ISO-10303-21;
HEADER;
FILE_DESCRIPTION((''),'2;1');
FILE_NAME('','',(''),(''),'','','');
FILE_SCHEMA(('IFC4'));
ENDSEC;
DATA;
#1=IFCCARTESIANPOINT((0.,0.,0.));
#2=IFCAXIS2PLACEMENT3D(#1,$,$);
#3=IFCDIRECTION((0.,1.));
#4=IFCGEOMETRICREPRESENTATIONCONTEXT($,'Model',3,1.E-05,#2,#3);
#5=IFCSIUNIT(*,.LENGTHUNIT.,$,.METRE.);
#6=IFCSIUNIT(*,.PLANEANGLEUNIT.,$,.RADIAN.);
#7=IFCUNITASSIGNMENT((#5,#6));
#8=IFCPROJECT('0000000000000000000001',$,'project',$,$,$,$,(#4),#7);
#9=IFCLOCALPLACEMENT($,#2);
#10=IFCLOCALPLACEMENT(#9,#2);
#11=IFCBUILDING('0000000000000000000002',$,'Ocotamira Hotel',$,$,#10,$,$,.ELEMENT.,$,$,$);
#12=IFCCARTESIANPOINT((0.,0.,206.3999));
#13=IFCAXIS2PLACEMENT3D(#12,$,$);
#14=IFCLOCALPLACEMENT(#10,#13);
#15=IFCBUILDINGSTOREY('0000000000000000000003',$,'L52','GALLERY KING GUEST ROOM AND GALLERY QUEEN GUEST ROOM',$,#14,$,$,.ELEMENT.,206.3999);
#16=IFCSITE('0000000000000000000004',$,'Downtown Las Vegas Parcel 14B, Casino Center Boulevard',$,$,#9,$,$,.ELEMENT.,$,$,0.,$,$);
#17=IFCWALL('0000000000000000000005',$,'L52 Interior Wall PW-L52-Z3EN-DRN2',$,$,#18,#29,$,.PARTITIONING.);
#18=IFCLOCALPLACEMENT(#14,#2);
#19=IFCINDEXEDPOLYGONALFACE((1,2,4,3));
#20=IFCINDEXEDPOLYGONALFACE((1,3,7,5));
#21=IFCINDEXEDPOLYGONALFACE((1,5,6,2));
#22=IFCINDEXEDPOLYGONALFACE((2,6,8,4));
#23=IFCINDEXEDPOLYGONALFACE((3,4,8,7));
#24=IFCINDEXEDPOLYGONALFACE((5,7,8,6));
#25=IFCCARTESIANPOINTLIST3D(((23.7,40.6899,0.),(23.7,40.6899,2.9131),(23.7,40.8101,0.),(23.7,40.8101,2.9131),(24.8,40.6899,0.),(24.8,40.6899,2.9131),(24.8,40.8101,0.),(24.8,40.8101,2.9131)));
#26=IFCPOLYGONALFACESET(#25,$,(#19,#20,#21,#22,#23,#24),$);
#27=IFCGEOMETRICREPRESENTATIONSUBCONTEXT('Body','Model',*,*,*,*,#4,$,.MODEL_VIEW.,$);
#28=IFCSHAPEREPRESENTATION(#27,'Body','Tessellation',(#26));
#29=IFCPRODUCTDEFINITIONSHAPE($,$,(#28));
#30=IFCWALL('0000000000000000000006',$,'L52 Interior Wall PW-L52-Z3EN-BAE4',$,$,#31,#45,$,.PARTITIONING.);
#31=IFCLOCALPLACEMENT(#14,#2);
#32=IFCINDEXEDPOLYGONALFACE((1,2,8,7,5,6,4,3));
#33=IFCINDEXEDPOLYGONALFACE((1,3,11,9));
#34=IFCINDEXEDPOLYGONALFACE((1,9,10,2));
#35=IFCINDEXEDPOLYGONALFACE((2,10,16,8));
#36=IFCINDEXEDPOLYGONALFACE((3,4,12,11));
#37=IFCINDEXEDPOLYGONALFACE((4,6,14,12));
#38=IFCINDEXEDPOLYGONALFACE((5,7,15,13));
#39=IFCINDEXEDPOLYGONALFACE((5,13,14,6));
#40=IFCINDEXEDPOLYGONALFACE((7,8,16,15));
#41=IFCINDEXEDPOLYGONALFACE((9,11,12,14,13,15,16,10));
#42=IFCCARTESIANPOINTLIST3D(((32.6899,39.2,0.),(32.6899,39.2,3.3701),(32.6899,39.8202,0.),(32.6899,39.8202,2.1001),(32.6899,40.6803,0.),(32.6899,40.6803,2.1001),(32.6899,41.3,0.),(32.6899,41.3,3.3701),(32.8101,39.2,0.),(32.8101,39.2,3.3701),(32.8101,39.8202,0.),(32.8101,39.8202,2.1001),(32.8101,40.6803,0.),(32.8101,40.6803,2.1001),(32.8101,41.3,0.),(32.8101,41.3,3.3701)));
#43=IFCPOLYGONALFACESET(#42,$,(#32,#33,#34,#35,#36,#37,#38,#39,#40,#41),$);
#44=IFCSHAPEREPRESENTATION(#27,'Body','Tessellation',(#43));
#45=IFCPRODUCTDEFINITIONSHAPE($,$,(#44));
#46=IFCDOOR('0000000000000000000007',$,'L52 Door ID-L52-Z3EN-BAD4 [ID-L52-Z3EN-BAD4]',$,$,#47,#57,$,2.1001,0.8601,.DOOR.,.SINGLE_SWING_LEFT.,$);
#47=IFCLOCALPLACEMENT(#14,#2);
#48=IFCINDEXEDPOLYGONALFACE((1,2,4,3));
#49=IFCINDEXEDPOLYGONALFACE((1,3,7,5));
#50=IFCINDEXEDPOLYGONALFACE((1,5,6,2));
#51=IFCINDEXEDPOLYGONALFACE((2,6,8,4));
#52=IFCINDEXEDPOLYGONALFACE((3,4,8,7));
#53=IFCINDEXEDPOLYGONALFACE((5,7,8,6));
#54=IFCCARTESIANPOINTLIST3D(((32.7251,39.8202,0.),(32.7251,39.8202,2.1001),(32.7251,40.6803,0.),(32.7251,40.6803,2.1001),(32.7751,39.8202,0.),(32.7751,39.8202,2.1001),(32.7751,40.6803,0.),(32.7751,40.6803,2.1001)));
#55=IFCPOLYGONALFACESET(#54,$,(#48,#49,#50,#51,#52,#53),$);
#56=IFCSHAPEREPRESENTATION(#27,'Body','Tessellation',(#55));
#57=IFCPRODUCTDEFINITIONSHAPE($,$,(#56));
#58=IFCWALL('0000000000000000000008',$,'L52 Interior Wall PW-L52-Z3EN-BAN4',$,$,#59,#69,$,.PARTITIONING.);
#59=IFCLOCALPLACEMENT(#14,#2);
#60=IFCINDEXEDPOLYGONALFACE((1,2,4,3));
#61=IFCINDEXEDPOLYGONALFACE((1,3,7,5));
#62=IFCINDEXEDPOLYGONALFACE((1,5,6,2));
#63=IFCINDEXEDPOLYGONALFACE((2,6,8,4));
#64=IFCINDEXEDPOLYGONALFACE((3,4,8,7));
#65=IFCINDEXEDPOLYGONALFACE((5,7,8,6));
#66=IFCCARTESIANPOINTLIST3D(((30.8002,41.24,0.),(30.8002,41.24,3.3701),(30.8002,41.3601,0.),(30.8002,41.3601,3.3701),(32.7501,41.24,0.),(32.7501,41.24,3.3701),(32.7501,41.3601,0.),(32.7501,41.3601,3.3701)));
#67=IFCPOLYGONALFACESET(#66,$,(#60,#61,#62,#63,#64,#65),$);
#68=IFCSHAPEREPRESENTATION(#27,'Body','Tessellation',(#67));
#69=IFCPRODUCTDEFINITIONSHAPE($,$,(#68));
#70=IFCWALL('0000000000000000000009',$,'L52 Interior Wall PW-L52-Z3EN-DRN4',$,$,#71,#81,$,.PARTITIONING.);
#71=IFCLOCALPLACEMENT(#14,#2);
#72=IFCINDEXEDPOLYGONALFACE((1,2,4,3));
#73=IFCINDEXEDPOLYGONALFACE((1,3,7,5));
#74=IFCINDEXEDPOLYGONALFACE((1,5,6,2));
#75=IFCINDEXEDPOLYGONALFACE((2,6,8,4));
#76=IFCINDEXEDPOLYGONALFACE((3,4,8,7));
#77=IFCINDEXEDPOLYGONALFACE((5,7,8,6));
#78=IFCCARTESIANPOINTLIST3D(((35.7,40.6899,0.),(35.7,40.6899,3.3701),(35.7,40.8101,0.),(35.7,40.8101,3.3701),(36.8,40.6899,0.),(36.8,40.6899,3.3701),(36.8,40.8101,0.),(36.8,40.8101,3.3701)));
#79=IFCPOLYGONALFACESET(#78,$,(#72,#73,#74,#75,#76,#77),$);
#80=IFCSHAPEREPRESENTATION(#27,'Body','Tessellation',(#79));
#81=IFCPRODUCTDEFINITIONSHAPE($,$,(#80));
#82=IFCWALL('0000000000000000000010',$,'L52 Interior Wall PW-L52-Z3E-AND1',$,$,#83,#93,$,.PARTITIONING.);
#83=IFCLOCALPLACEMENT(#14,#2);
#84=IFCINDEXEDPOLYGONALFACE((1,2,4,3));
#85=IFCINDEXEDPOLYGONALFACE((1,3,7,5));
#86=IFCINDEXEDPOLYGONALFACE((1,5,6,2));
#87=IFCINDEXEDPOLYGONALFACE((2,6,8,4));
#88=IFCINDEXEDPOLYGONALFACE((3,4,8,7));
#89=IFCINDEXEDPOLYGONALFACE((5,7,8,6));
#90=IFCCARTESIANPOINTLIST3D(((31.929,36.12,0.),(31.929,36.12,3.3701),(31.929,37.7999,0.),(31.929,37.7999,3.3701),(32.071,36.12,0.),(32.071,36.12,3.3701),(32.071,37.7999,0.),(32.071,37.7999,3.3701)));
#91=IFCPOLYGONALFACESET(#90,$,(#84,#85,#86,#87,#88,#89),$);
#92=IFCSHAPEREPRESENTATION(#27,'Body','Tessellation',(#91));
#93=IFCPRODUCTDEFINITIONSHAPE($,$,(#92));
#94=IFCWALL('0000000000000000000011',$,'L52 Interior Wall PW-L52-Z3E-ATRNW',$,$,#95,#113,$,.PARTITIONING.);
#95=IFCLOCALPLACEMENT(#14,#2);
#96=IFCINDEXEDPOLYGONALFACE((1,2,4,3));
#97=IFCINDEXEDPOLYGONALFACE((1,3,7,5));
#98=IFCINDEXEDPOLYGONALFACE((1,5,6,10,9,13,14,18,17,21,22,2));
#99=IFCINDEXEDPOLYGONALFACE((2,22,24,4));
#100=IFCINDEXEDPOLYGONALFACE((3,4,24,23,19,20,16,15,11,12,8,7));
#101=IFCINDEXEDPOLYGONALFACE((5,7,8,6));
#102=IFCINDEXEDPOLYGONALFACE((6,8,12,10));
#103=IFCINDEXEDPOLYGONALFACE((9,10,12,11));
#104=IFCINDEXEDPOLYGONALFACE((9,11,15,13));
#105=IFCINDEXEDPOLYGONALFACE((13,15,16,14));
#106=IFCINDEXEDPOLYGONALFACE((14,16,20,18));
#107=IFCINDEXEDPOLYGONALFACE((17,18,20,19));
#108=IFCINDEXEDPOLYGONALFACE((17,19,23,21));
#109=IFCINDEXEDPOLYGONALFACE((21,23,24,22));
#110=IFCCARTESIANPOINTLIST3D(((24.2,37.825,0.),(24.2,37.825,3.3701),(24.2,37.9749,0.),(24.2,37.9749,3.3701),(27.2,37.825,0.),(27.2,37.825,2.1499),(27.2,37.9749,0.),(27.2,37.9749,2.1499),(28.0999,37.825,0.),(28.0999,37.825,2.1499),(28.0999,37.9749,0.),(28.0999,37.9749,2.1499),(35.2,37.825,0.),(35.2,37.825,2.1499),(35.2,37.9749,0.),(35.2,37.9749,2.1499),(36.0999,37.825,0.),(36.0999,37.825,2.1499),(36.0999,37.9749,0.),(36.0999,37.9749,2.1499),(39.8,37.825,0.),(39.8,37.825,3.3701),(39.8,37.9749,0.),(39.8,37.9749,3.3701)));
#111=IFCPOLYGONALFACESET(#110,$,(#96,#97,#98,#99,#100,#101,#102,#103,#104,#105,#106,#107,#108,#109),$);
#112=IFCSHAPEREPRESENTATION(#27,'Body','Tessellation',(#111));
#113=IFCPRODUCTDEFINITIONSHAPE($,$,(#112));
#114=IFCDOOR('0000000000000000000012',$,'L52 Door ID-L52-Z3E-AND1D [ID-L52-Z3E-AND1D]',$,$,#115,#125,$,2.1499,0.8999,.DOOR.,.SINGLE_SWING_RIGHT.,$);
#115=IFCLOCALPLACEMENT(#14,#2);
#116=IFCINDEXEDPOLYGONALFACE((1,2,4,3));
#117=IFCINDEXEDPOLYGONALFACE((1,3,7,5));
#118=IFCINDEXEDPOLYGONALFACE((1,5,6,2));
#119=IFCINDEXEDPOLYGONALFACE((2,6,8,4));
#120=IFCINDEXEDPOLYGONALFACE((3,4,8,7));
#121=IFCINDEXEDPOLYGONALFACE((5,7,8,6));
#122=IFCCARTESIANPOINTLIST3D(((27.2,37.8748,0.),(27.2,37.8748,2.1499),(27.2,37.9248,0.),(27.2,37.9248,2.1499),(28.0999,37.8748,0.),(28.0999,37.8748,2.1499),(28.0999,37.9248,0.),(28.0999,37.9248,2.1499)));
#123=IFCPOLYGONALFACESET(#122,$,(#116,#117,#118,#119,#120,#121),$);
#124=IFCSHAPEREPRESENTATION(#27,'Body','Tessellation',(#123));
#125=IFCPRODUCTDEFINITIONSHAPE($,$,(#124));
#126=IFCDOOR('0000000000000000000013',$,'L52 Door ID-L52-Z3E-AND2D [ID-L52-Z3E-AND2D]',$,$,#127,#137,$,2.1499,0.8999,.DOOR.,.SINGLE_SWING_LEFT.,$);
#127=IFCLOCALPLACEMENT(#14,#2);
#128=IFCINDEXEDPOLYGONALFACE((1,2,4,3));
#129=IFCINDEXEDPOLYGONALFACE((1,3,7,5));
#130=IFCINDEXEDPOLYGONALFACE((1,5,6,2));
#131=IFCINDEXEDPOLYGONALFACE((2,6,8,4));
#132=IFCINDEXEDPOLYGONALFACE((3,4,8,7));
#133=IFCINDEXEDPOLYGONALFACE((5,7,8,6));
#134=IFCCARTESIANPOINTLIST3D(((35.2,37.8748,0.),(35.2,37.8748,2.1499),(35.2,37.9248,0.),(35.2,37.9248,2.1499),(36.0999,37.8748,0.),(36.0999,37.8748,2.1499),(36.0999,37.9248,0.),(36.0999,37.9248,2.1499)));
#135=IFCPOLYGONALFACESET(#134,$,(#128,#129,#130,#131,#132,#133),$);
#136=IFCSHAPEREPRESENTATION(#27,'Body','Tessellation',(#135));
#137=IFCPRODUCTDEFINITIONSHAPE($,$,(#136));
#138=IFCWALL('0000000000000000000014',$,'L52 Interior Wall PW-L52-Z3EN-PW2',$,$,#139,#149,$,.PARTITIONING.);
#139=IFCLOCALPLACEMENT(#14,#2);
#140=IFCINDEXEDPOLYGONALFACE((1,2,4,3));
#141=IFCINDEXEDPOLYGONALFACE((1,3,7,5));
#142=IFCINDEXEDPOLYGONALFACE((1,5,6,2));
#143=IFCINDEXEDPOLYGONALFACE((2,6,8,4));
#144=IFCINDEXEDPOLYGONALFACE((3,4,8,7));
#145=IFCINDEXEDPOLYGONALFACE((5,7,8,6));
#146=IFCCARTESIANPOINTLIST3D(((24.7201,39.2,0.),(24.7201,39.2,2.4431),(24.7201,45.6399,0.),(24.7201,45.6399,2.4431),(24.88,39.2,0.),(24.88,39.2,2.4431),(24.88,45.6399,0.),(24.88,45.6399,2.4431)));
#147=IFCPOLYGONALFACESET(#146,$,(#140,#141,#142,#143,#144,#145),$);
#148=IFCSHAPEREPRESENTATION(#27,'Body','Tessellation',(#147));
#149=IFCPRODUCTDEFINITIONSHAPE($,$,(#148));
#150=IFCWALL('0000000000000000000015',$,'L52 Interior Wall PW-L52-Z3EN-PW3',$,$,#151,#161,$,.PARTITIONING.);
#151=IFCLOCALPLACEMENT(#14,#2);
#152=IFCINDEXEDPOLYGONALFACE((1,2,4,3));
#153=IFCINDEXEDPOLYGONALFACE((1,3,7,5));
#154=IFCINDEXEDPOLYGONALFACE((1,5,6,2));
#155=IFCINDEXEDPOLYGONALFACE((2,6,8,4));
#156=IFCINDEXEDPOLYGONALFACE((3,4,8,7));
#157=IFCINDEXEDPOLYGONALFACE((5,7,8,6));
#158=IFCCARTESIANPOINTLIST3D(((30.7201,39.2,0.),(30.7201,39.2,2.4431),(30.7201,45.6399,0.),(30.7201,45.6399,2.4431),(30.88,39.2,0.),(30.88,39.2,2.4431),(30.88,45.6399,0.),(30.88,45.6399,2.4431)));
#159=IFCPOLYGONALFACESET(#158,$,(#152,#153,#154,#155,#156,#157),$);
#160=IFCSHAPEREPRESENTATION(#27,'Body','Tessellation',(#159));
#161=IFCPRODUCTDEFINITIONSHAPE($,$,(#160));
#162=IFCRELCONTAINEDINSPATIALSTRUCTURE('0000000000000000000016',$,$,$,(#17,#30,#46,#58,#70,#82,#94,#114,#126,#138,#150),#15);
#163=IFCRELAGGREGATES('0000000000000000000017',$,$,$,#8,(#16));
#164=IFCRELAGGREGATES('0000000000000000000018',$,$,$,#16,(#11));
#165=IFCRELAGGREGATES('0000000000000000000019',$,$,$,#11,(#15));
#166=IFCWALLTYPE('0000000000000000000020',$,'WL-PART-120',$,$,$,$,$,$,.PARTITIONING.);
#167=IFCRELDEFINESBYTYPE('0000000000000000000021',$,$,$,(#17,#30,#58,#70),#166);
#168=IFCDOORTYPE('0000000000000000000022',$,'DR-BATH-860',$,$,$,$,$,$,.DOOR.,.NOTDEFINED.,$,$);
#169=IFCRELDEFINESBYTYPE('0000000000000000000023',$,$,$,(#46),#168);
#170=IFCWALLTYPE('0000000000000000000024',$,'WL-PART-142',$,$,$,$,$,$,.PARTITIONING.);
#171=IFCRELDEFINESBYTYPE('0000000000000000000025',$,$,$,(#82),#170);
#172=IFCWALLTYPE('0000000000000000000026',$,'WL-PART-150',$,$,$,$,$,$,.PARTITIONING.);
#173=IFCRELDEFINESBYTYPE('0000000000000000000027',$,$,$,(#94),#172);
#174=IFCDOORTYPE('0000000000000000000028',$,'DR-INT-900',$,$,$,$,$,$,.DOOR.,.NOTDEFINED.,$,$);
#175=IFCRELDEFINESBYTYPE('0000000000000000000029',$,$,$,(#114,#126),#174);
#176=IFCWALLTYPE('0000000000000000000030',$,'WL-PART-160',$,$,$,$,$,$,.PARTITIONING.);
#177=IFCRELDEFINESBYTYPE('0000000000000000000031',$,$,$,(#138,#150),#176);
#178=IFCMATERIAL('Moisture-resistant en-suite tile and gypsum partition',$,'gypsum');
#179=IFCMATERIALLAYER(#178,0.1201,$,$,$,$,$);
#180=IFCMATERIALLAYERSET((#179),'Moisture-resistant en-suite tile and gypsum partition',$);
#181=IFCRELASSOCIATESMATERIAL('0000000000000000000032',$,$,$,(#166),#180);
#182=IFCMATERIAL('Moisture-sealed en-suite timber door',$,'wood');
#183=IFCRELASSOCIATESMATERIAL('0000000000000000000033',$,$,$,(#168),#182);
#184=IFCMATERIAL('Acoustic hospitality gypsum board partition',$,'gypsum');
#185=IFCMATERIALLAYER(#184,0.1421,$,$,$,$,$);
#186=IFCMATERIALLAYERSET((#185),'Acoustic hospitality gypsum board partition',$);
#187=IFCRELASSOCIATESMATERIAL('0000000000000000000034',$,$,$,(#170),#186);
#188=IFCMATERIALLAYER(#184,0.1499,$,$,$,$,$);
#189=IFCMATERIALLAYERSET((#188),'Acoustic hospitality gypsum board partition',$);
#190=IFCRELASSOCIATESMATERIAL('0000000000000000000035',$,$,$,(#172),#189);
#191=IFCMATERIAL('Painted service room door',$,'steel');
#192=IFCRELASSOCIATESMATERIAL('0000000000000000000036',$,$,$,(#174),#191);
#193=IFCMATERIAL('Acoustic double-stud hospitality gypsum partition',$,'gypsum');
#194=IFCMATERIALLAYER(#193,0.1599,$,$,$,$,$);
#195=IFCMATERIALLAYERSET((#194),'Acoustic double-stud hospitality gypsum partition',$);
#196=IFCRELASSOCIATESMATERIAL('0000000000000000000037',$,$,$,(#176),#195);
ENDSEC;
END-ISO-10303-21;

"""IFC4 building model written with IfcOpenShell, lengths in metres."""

from ifc_helpers import new_model, si_unit, direction, frame, frame_2d, origin, place, context, subcontext, project, spatial, rectangle, extrude, source, transform, mapped, material, layer, layer_set, type_object, element, fill, save


model = new_model("IFC4")

# Units and contexts
model_context = context("Model", 3, precision=1e-05, world=origin(), true_north=direction((0.0, 1.0)))
body_context = subcontext(model_context, "Body", "Model", "MODEL_VIEW")
ifc_project = project(units=[si_unit("LENGTHUNIT", "METRE"), si_unit("PLANEANGLEUNIT", "RADIAN")], contexts=[model_context])

# Site, building, storey
site_placement = place(None, origin())
site = spatial("IfcSite", under=ifc_project, at=site_placement, Name="Downtown Las Vegas Parcel 14B, Casino Center Boulevard", CompositionType="ELEMENT", RefElevation=0.0)
building_placement = place(site_placement, origin())
building = spatial("IfcBuilding", under=site, at=building_placement, Name="Ocotamira Hotel", CompositionType="ELEMENT")
storey_placement = place(building_placement, frame((0.0, 0.0, 206.3999)))
storey = spatial("IfcBuildingStorey", under=building, at=storey_placement, Name="L52", Description="GALLERY KING GUEST ROOM AND GALLERY QUEEN GUEST ROOM", CompositionType="ELEMENT", Elevation=206.3999)

# Wall
ifc_material_1 = material(Name="Moisture-resistant en-suite tile and gypsum partition", Category="gypsum")
ifc_layer_1 = layer(ifc_material_1, 0.1201)
ifc_layer_set_1 = layer_set([ifc_layer_1], Name="Moisture-resistant en-suite tile and gypsum partition")
wall_type_1 = type_object("IfcWallType", Name="WL-PART-120", PredefinedType="PARTITIONING", material=ifc_layer_set_1)
wall_1_placement = place(storey_placement, frame((23.7, 40.75, 0.0), z_axis=(0.0, 0.0, 1.0), x_axis=(1.0, 0.0, 0.0)))
element("IfcWall", 1, at=wall_1_placement, inside=storey, type_object=wall_type_1, Name="L52 Interior Wall PW-L52-Z3EN-DRN2", PredefinedType="PARTITIONING", context=body_context, shape_type="SweptSolid", body=[
    extrude(rectangle(XDim=1.1001, YDim=0.1201, at=frame_2d((0.55, 0.0))), origin(), (0.0, 0.0, 1.0), 2.9131),
])

# Wall, opening, door
wall_2_placement = place(storey_placement, frame((32.75, 39.2, 0.0), z_axis=(0.0, 0.0, 1.0), x_axis=(0.0, 1.0, 0.0)))
wall_2 = element("IfcWall", 2, at=wall_2_placement, inside=storey, type_object=wall_type_1, Name="L52 Interior Wall PW-L52-Z3EN-BAE4", PredefinedType="PARTITIONING", context=body_context, shape_type="SweptSolid", body=[
    extrude(rectangle(XDim=2.1001, YDim=0.1201, at=frame_2d((1.05, 0.0))), origin(), (0.0, 0.0, 1.0), 3.3701),
])
opening_1_placement = place(wall_2_placement, frame((0.6201, 0.0, 0.0)))
opening_1 = element("IfcOpeningElement", 3, at=opening_1_placement, cuts=wall_2, PredefinedType="OPENING", context=body_context, shape_type="SweptSolid", body=[
    extrude(rectangle(XDim=0.8601, YDim=2.1001, at=frame_2d((0.4302, 1.05))), frame((0.0, 0.0701, 0.0), z_axis=(0.0, -1.0, 0.0), x_axis=(1.0, 0.0, 0.0)), (0.0, 0.0, 1.0), 0.1401),
])
ifc_material_2 = material(Name="Moisture-sealed en-suite timber door", Category="wood")
door_type_1 = type_object("IfcDoorType", Name="DR-BATH-860", OperationType="NOTDEFINED", PredefinedType="DOOR", material=ifc_material_2)
shared_shape_1 = source(origin(), body_context, "Body", "SweptSolid", [
    extrude(rectangle(XDim=0.8601, YDim=2.1001, at=frame_2d((0.4302, 1.05))), frame((0.0, 0.0249, 0.0), z_axis=(0.0, -1.0, 0.0), x_axis=(1.0, 0.0, 0.0)), (0.0, 0.0, 1.0), 0.05),
])
door_1_placement = place(opening_1_placement, origin())
door_1 = element("IfcDoor", 4, at=door_1_placement, inside=storey, type_object=door_type_1, Name="L52 Door ID-L52-Z3EN-BAD4 [ID-L52-Z3EN-BAD4]", OperationType="SINGLE_SWING_LEFT", OverallHeight=2.1001, OverallWidth=0.8601, PredefinedType="DOOR", context=body_context, shape_type="MappedRepresentation", body=[
    mapped(shared_shape_1, transform((0.0, 0.0, 0.0), scale=1.0)),
])
fill(opening_1, door_1)

# Walls
wall_3_placement = place(storey_placement, frame((30.8, 41.3, 0.0), z_axis=(0.0, 0.0, 1.0), x_axis=(1.0, 0.0, 0.0)))
element("IfcWall", 5, at=wall_3_placement, inside=storey, type_object=wall_type_1, Name="L52 Interior Wall PW-L52-Z3EN-BAN4", PredefinedType="PARTITIONING", context=body_context, shape_type="SweptSolid", body=[
    extrude(rectangle(XDim=1.95, YDim=0.1201, at=frame_2d((0.9751, 0.0))), origin(), (0.0, 0.0, 1.0), 3.3701),
])
wall_4_placement = place(storey_placement, frame((35.7, 40.75, 0.0), z_axis=(0.0, 0.0, 1.0), x_axis=(1.0, 0.0, 0.0)))
element("IfcWall", 6, at=wall_4_placement, inside=storey, type_object=wall_type_1, Name="L52 Interior Wall PW-L52-Z3EN-DRN4", PredefinedType="PARTITIONING", context=body_context, shape_type="SweptSolid", body=[
    extrude(rectangle(XDim=1.1001, YDim=0.1201, at=frame_2d((0.55, 0.0))), origin(), (0.0, 0.0, 1.0), 3.3701),
])
ifc_material_3 = material(Name="Acoustic hospitality gypsum board partition", Category="gypsum")
ifc_layer_2 = layer(ifc_material_3, 0.1421)
ifc_layer_set_2 = layer_set([ifc_layer_2], Name="Acoustic hospitality gypsum board partition")
wall_type_2 = type_object("IfcWallType", Name="WL-PART-142", PredefinedType="PARTITIONING", material=ifc_layer_set_2)
wall_5_placement = place(storey_placement, frame((32.0, 36.1201, 0.0), z_axis=(0.0, 0.0, 1.0), x_axis=(0.0, 1.0, 0.0)))
element("IfcWall", 7, at=wall_5_placement, inside=storey, type_object=wall_type_2, Name="L52 Interior Wall PW-L52-Z3E-AND1", PredefinedType="PARTITIONING", context=body_context, shape_type="SweptSolid", body=[
    extrude(rectangle(XDim=1.6799, YDim=0.1421, at=frame_2d((0.8398, 0.0))), origin(), (0.0, 0.0, 1.0), 3.3701),
])

# Wall, openings, doors
ifc_layer_3 = layer(ifc_material_3, 0.1499)
ifc_layer_set_3 = layer_set([ifc_layer_3], Name="Acoustic hospitality gypsum board partition")
wall_type_3 = type_object("IfcWallType", Name="WL-PART-150", PredefinedType="PARTITIONING", material=ifc_layer_set_3)
wall_6_placement = place(storey_placement, frame((24.2, 37.8999, 0.0), z_axis=(0.0, 0.0, 1.0), x_axis=(1.0, 0.0, 0.0)))
wall_6 = element("IfcWall", 8, at=wall_6_placement, inside=storey, type_object=wall_type_3, Name="L52 Interior Wall PW-L52-Z3E-ATRNW", PredefinedType="PARTITIONING", context=body_context, shape_type="SweptSolid", body=[
    extrude(rectangle(XDim=15.6001, YDim=0.1499, at=frame_2d((7.8, 0.0))), origin(), (0.0, 0.0, 1.0), 3.3701),
])
opening_2_placement = place(wall_6_placement, frame((3.0, 0.0, 0.0)))
opening_2 = element("IfcOpeningElement", 9, at=opening_2_placement, cuts=wall_6, PredefinedType="OPENING", context=body_context, shape_type="SweptSolid", body=[
    extrude(rectangle(XDim=0.8999, YDim=2.1499, at=frame_2d((0.45, 1.075))), frame((0.0, 0.085, 0.0), z_axis=(0.0, -1.0, 0.0), x_axis=(1.0, 0.0, 0.0)), (0.0, 0.0, 1.0), 0.1699),
])
opening_3_placement = place(wall_6_placement, frame((11.0, 0.0, 0.0)))
opening_3 = element("IfcOpeningElement", 10, at=opening_3_placement, cuts=wall_6, PredefinedType="OPENING", context=body_context, shape_type="SweptSolid", body=[
    extrude(rectangle(XDim=0.8999, YDim=2.1499, at=frame_2d((0.45, 1.075))), frame((0.0, 0.085, 0.0), z_axis=(0.0, -1.0, 0.0), x_axis=(1.0, 0.0, 0.0)), (0.0, 0.0, 1.0), 0.1699),
])
ifc_material_4 = material(Name="Painted service room door", Category="steel")
door_type_2 = type_object("IfcDoorType", Name="DR-INT-900", OperationType="NOTDEFINED", PredefinedType="DOOR", material=ifc_material_4)
shared_shape_2 = source(origin(), body_context, "Body", "SweptSolid", [
    extrude(rectangle(XDim=0.8999, YDim=2.1499, at=frame_2d((0.45, 1.075))), frame((0.0, 0.0249, 0.0), z_axis=(0.0, -1.0, 0.0), x_axis=(1.0, 0.0, 0.0)), (0.0, 0.0, 1.0), 0.05),
])
door_2_placement = place(opening_2_placement, origin())
door_2 = element("IfcDoor", 11, at=door_2_placement, inside=storey, type_object=door_type_2, Name="L52 Door ID-L52-Z3E-AND1D [ID-L52-Z3E-AND1D]", OperationType="SINGLE_SWING_RIGHT", OverallHeight=2.1499, OverallWidth=0.8999, PredefinedType="DOOR", context=body_context, shape_type="MappedRepresentation", body=[
    mapped(shared_shape_2, transform((0.0, 0.0, 0.0), scale=1.0)),
])
fill(opening_2, door_2)
door_3_placement = place(opening_3_placement, origin())
door_3 = element("IfcDoor", 12, at=door_3_placement, inside=storey, type_object=door_type_2, Name="L52 Door ID-L52-Z3E-AND2D [ID-L52-Z3E-AND2D]", OperationType="SINGLE_SWING_LEFT", OverallHeight=2.1499, OverallWidth=0.8999, PredefinedType="DOOR", context=body_context, shape_type="MappedRepresentation", body=[
    mapped(shared_shape_2, transform((0.0, 0.0, 0.0), scale=1.0)),
])
fill(opening_3, door_3)

# Walls
ifc_material_5 = material(Name="Acoustic double-stud hospitality gypsum partition", Category="gypsum")
ifc_layer_4 = layer(ifc_material_5, 0.1599)
ifc_layer_set_4 = layer_set([ifc_layer_4], Name="Acoustic double-stud hospitality gypsum partition")
wall_type_4 = type_object("IfcWallType", Name="WL-PART-160", PredefinedType="PARTITIONING", material=ifc_layer_set_4)
for number, where, z_axis, x_axis, name in (
    (13, (24.8, 39.2, 0.0), (0.0, 0.0, 1.0), (0.0, 1.0, 0.0), "L52 Interior Wall PW-L52-Z3EN-PW2"),
    (14, (30.8, 39.2, 0.0), (0.0, 0.0, 1.0), (0.0, 1.0, 0.0), "L52 Interior Wall PW-L52-Z3EN-PW3"),
):
    element("IfcWall", number, at=place(storey_placement, frame(where, z_axis=z_axis, x_axis=x_axis)), inside=storey, type_object=wall_type_4, Name=name, PredefinedType="PARTITIONING", context=body_context, shape_type="SweptSolid", body=[
        extrude(rectangle(XDim=6.4399, YDim=0.1599, at=frame_2d((3.22, 0.0))), origin(), (0.0, 0.0, 1.0), 2.4431),
    ])

save(model, "model.ifc")
